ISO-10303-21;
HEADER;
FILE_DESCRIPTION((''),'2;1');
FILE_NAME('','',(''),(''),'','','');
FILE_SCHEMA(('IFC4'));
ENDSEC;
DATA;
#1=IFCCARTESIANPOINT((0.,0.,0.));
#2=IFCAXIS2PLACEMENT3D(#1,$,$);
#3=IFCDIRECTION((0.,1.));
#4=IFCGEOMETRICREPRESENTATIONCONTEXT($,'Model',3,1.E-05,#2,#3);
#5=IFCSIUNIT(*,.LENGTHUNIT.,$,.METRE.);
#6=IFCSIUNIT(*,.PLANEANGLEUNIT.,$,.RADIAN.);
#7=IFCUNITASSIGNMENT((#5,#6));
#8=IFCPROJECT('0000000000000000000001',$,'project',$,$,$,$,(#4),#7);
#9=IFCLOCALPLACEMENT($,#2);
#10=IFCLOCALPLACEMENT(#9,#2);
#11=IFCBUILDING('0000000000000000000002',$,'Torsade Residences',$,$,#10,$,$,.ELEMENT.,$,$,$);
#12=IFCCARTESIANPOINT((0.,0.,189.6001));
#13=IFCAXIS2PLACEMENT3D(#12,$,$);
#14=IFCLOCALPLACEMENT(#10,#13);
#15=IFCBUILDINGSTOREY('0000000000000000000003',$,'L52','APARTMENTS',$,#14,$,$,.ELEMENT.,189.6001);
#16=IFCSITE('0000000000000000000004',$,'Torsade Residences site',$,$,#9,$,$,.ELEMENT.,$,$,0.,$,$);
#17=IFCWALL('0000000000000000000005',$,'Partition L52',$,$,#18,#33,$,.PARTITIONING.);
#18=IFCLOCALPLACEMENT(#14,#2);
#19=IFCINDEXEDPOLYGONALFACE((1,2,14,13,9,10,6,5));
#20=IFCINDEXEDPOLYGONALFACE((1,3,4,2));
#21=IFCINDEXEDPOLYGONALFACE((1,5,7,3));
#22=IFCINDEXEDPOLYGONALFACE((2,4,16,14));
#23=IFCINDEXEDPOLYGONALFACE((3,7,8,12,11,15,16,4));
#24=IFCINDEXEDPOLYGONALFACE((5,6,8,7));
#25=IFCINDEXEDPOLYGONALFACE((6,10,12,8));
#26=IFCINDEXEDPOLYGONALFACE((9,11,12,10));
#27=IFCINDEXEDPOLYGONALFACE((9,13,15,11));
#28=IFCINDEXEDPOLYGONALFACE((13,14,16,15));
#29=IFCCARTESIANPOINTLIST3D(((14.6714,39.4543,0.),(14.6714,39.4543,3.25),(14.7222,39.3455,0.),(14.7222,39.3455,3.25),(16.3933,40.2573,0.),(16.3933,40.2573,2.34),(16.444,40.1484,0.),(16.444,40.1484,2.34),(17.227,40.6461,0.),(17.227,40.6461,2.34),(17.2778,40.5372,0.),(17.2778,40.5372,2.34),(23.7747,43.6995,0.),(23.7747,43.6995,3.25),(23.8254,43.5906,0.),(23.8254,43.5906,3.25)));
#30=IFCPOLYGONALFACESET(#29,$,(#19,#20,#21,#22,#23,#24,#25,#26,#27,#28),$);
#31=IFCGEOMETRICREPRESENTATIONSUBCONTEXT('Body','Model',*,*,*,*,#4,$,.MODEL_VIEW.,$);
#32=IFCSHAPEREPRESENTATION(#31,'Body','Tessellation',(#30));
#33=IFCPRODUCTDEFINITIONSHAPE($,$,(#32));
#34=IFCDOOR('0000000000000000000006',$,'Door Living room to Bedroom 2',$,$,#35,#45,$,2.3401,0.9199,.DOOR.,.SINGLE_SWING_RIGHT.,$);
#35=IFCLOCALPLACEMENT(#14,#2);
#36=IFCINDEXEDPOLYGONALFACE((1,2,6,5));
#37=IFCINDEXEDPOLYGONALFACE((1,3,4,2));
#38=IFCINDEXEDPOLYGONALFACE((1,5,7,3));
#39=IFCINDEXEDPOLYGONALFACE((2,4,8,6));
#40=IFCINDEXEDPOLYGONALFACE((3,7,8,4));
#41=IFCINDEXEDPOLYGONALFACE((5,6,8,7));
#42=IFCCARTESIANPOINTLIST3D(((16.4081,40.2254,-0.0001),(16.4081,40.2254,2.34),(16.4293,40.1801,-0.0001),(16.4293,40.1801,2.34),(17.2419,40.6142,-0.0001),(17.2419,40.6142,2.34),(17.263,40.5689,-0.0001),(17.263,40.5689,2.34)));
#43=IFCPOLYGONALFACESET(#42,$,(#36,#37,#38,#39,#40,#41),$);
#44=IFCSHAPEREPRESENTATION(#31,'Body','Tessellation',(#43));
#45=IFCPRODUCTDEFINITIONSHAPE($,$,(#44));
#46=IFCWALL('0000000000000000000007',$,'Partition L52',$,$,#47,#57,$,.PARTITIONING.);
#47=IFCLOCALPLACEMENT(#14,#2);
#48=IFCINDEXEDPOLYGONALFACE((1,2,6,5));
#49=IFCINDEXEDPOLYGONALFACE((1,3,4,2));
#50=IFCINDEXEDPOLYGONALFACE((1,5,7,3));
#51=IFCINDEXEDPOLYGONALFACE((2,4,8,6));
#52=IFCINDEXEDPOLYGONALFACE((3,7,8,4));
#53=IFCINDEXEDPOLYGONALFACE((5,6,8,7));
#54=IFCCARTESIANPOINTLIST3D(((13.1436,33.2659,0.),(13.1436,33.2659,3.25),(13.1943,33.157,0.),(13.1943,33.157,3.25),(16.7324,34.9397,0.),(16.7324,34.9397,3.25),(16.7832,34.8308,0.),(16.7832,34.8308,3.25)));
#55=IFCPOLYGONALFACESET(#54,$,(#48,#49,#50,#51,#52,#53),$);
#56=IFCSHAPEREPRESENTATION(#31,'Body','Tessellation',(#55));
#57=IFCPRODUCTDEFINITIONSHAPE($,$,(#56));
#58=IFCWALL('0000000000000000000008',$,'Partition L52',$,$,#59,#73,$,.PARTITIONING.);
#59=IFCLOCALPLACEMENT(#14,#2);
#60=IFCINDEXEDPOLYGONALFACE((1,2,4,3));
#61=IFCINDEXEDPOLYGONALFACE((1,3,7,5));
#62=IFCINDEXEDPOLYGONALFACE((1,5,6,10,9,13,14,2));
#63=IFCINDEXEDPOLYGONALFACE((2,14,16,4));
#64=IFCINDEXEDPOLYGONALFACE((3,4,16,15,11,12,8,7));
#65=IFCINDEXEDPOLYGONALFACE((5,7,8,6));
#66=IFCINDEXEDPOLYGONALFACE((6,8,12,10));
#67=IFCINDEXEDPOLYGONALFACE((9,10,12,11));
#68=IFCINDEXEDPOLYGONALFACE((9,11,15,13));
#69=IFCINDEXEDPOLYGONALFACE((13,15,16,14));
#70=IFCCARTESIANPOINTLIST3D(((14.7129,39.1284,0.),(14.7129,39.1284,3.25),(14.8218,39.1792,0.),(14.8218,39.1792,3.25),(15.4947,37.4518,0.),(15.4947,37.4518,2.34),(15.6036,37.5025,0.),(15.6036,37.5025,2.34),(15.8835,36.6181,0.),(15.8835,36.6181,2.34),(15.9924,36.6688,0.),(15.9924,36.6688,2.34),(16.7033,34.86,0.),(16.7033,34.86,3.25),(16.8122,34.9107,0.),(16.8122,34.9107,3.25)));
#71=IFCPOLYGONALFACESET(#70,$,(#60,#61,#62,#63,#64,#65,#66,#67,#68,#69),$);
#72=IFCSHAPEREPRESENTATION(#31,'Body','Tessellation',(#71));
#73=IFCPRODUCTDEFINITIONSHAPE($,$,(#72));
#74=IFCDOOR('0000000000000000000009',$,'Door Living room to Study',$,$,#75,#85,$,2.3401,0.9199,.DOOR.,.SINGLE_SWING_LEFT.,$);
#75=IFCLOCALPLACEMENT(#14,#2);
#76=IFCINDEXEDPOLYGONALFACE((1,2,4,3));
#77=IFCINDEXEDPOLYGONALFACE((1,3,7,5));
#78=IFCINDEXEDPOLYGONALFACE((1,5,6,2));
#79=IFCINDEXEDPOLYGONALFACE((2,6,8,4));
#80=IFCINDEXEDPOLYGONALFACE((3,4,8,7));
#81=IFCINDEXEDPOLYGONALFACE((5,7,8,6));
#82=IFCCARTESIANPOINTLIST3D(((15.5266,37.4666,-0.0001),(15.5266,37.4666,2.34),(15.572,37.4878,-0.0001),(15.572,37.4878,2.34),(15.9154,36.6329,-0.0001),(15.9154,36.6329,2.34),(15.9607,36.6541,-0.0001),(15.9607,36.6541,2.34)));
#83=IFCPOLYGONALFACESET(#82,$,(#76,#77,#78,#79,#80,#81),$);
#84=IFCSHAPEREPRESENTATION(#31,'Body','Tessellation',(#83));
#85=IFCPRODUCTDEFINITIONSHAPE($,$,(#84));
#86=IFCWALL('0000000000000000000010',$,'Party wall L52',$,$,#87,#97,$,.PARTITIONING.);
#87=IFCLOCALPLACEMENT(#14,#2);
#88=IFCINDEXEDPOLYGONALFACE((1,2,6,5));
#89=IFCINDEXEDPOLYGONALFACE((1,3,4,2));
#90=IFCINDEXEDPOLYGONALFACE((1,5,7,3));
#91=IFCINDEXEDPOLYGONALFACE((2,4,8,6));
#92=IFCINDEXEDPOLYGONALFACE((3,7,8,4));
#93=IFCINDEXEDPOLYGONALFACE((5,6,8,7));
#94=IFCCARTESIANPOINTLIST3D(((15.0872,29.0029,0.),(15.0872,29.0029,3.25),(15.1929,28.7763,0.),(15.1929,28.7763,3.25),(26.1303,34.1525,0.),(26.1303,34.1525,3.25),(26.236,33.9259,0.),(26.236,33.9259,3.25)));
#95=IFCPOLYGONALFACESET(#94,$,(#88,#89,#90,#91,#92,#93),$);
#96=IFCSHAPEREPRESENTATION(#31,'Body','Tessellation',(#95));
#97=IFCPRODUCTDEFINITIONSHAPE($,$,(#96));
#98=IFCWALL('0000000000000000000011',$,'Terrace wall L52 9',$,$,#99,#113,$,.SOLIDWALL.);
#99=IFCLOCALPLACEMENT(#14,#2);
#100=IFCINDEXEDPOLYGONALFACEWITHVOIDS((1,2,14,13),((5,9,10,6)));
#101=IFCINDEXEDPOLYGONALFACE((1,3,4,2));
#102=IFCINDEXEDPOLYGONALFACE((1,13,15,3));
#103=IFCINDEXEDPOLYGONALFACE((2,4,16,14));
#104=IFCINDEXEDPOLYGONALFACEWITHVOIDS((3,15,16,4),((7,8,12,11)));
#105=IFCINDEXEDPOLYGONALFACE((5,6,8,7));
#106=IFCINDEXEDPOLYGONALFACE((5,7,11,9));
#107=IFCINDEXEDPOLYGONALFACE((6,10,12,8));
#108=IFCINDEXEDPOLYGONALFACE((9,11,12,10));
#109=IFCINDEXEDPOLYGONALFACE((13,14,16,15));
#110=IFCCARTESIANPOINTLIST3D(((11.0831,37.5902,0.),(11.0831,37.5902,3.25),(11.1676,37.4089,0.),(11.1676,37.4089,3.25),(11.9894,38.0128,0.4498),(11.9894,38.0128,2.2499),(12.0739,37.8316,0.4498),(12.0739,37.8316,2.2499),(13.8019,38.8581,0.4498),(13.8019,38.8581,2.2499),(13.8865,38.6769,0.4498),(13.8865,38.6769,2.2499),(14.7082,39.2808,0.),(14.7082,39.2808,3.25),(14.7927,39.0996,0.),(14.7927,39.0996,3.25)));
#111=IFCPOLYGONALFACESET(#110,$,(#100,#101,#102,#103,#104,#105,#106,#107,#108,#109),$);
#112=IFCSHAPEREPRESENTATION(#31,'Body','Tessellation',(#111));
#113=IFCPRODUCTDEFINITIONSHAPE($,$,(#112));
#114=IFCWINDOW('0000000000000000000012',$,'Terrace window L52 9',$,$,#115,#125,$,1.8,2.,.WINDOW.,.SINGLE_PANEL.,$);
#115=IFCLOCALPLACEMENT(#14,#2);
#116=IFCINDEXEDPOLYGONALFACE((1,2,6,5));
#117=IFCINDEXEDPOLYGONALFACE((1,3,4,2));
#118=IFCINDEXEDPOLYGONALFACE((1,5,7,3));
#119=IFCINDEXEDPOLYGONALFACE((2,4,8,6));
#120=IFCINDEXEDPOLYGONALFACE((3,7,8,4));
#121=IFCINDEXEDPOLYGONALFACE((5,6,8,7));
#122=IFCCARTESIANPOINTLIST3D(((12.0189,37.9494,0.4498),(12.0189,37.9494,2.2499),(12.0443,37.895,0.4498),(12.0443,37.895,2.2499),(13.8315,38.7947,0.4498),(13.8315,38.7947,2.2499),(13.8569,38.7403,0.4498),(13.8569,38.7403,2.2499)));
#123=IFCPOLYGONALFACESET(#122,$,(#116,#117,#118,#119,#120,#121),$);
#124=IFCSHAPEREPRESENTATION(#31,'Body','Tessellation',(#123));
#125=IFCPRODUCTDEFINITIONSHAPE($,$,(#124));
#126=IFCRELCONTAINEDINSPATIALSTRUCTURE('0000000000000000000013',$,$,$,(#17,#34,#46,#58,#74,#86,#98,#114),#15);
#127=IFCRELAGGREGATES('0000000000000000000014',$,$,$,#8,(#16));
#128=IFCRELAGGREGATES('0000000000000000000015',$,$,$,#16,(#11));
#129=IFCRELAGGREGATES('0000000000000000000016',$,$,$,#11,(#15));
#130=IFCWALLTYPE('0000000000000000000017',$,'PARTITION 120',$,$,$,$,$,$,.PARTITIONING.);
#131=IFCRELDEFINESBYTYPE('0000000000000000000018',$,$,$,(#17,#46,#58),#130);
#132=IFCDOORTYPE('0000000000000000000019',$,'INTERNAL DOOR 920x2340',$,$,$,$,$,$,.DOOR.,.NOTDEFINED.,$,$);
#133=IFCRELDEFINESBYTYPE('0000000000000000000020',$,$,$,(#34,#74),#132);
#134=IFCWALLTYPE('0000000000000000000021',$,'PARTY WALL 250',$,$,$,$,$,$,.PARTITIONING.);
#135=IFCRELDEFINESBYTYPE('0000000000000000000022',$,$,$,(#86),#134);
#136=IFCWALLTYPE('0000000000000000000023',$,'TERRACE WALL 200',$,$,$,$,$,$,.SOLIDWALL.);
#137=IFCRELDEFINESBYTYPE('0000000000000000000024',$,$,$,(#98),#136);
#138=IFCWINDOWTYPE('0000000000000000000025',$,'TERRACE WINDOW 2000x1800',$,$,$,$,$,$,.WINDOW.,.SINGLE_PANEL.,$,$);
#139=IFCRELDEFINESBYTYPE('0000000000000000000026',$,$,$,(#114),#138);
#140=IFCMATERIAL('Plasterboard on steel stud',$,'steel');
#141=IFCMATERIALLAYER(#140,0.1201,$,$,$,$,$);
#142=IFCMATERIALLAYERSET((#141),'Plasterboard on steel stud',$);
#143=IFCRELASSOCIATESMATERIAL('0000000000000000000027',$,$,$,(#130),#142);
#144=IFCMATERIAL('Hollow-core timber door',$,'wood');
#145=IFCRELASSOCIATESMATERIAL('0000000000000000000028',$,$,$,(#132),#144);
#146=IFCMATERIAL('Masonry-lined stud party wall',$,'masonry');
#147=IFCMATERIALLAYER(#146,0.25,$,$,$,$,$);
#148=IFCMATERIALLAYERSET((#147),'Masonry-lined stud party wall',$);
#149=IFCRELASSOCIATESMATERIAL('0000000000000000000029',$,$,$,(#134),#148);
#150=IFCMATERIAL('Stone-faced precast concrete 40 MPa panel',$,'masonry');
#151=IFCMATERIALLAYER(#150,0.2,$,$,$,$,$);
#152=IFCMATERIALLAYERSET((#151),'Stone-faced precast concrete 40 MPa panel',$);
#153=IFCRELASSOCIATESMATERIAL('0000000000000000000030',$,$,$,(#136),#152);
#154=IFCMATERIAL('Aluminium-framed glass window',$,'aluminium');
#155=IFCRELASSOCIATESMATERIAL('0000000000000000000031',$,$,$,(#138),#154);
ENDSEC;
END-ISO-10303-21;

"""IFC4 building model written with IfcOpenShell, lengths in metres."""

from ifc_helpers import new_model, si_unit, direction, frame, frame_2d, origin, place, context, subcontext, project, spatial, rectangle, extrude, material, layer, layer_set, type_object, element, fill, save


model = new_model("IFC4")

# Units and contexts
model_context = context("Model", 3, precision=1e-05, world=origin(), true_north=direction((0.0, 1.0)))
body_context = subcontext(model_context, "Body", "Model", "MODEL_VIEW")
ifc_project = project(units=[si_unit("LENGTHUNIT", "METRE"), si_unit("PLANEANGLEUNIT", "RADIAN")], contexts=[model_context])

# Site, building, storey
site_placement = place(None, origin())
site = spatial("IfcSite", under=ifc_project, at=site_placement, Name="Torsade Residences site", CompositionType="ELEMENT", RefElevation=0.0)
building_placement = place(site_placement, origin())
building = spatial("IfcBuilding", under=site, at=building_placement, Name="Torsade Residences", CompositionType="ELEMENT")
storey_placement = place(building_placement, frame((0.0, 0.0, 189.6001)))
storey = spatial("IfcBuildingStorey", under=building, at=storey_placement, Name="L52", Description="APARTMENTS", CompositionType="ELEMENT", Elevation=189.6001)

# Wall, opening, door
ifc_material_1 = material(Name="Plasterboard on steel stud", Category="steel")
ifc_layer_1 = layer(ifc_material_1, 0.1201)
ifc_layer_set_1 = layer_set([ifc_layer_1], Name="Plasterboard on steel stud")
wall_type_1 = type_object("IfcWallType", Name="PARTITION 120", PredefinedType="PARTITIONING", material=ifc_layer_set_1)
wall_1_placement = place(storey_placement, frame((14.6968, 39.3999, 0.0), z_axis=(0.0, 0.0, 1.0), x_axis=(0.9063, 0.422634, 0.0)))
wall_1 = element("IfcWall", 1, at=wall_1_placement, inside=storey, type_object=wall_type_1, Name="Partition L52", PredefinedType="PARTITIONING", context=body_context, shape_type="SweptSolid", body=[
    extrude(rectangle(XDim=10.0444, YDim=0.1201, at=frame_2d((5.0222, 0.0))), origin(), (0.0, 0.0, 1.0), 3.25),
])
opening_1_placement = place(wall_1_placement, frame((1.8999, 0.0, 0.0)))
opening_1 = element("IfcOpeningElement", 2, at=opening_1_placement, cuts=wall_1, PredefinedType="OPENING", context=body_context, shape_type="SweptSolid", body=[
    extrude(rectangle(XDim=0.9199, YDim=2.3401, at=frame_2d((0.46, 1.1699))), frame((0.0, 0.0701, 0.0), z_axis=(0.0, -1.0, 0.0), x_axis=(1.0, 0.0, 0.0)), (0.0, 0.0, 1.0), 0.1401),
])
ifc_material_2 = material(Name="Hollow-core timber door", Category="wood")
door_type_1 = type_object("IfcDoorType", Name="INTERNAL DOOR 920x2340", OperationType="NOTDEFINED", PredefinedType="DOOR", material=ifc_material_2)
door_1_placement = place(opening_1_placement, origin())
door_1 = element("IfcDoor", 3, at=door_1_placement, inside=storey, type_object=door_type_1, Name="Door Living room to Bedroom 2", OperationType="SINGLE_SWING_RIGHT", OverallHeight=2.3401, OverallWidth=0.9199, PredefinedType="DOOR", context=body_context, shape_type="SweptSolid", body=[
    extrude(rectangle(XDim=0.9199, YDim=2.3401, at=frame_2d((0.46, 1.1699))), frame((0.0, 0.0249, 0.0), z_axis=(0.0, -1.0, 0.0), x_axis=(1.0, 0.0, 0.0)), (0.0, 0.0, 1.0), 0.05),
])
fill(opening_1, door_1)

# Wall
wall_2_placement = place(storey_placement, frame((13.1689, 33.2114, 0.0), z_axis=(0.0, 0.0, 1.0), x_axis=(0.906278, 0.422683, 0.0)))
element("IfcWall", 4, at=wall_2_placement, inside=storey, type_object=wall_type_1, Name="Partition L52", PredefinedType="PARTITIONING", context=body_context, shape_type="SweptSolid", body=[
    extrude(rectangle(XDim=3.96, YDim=0.1201, at=frame_2d((1.98, 0.0))), origin(), (0.0, 0.0, 1.0), 3.25),
])

# Wall, opening, door
wall_3_placement = place(storey_placement, frame((16.7578, 34.8853, 0.0), z_axis=(0.0, 0.0, 1.0), x_axis=(-0.422622, 0.906306, 0.0)))
wall_3 = element("IfcWall", 5, at=wall_3_placement, inside=storey, type_object=wall_type_1, Name="Partition L52", PredefinedType="PARTITIONING", context=body_context, shape_type="SweptSolid", body=[
    extrude(rectangle(XDim=4.7097, YDim=0.1201, at=frame_2d((2.355, 0.0))), origin(), (0.0, 0.0, 1.0), 3.25),
])
opening_2_placement = place(wall_3_placement, frame((1.9399, 0.0, 0.0)))
opening_2 = element("IfcOpeningElement", 6, at=opening_2_placement, cuts=wall_3, PredefinedType="OPENING", context=body_context, shape_type="SweptSolid", body=[
    extrude(rectangle(XDim=0.9199, YDim=2.3401, at=frame_2d((0.46, 1.1699))), frame((0.0, 0.0701, 0.0), z_axis=(0.0, -1.0, 0.0), x_axis=(1.0, 0.0, 0.0)), (0.0, 0.0, 1.0), 0.1401),
])
door_2_placement = place(opening_2_placement, origin())
door_2 = element("IfcDoor", 7, at=door_2_placement, inside=storey, type_object=door_type_1, Name="Door Living room to Study", OperationType="SINGLE_SWING_LEFT", OverallHeight=2.3401, OverallWidth=0.9199, PredefinedType="DOOR", context=body_context, shape_type="SweptSolid", body=[
    extrude(rectangle(XDim=0.9199, YDim=2.3401, at=frame_2d((0.46, 1.1699))), frame((0.0, 0.0249, 0.0), z_axis=(0.0, -1.0, 0.0), x_axis=(1.0, 0.0, 0.0)), (0.0, 0.0, 1.0), 0.05),
])
fill(opening_2, door_2)

# Wall
ifc_material_3 = material(Name="Masonry-lined stud party wall", Category="masonry")
ifc_layer_2 = layer(ifc_material_3, 0.25)
ifc_layer_set_2 = layer_set([ifc_layer_2], Name="Masonry-lined stud party wall")
wall_type_2 = type_object("IfcWallType", Name="PARTY WALL 250", PredefinedType="PARTITIONING", material=ifc_layer_set_2)
wall_4_placement = place(storey_placement, frame((15.1401, 28.8896, 0.0), z_axis=(0.0, 0.0, 1.0), x_axis=(0.906304, 0.422627, 0.0)))
element("IfcWall", 8, at=wall_4_placement, inside=storey, type_object=wall_type_2, Name="Party wall L52", PredefinedType="PARTITIONING", context=body_context, shape_type="SweptSolid", body=[
    extrude(rectangle(XDim=12.1848, YDim=0.25, at=frame_2d((6.0923, 0.0))), origin(), (0.0, 0.0, 1.0), 3.25),
])

# Wall, opening, window
ifc_material_4 = material(Name="Stone-faced precast concrete 40 MPa panel", Category="masonry")
ifc_layer_3 = layer(ifc_material_4, 0.2)
ifc_layer_set_3 = layer_set([ifc_layer_3], Name="Stone-faced precast concrete 40 MPa panel")
wall_type_3 = type_object("IfcWallType", Name="TERRACE WALL 200", PredefinedType="SOLIDWALL", material=ifc_layer_set_3)
wall_5_placement = place(storey_placement, frame((14.7505, 39.1902, 0.0), z_axis=(0.0, 0.0, 1.0), x_axis=(-0.906289, -0.422658, 0.0)))
wall_5 = element("IfcWall", 9, at=wall_5_placement, inside=storey, type_object=wall_type_3, Name="Terrace wall L52 9", PredefinedType="SOLIDWALL", context=body_context, shape_type="SweptSolid", body=[
    extrude(rectangle(XDim=4.0, YDim=0.2, at=frame_2d((2.0, 0.0))), origin(), (0.0, 0.0, 1.0), 3.25),
])
opening_3_placement = place(wall_5_placement, frame((1.0, 0.0, 0.45)))
opening_3 = element("IfcOpeningElement", 10, at=opening_3_placement, cuts=wall_5, PredefinedType="OPENING", context=body_context, shape_type="SweptSolid", body=[
    extrude(rectangle(XDim=2.0, YDim=1.8, at=frame_2d((1.0, 0.8999))), frame((0.0, 0.1099, 0.0), z_axis=(0.0, -1.0, 0.0), x_axis=(1.0, 0.0, 0.0)), (0.0, 0.0, 1.0), 0.22),
])
ifc_material_5 = material(Name="Aluminium-framed glass window", Category="aluminium")
window_type = type_object("IfcWindowType", Name="TERRACE WINDOW 2000x1800", PartitioningType="SINGLE_PANEL", PredefinedType="WINDOW", material=ifc_material_5)
window_placement = place(opening_3_placement, origin())
window = element("IfcWindow", 11, at=window_placement, inside=storey, type_object=window_type, Name="Terrace window L52 9", OverallHeight=1.8, OverallWidth=2.0, PartitioningType="SINGLE_PANEL", PredefinedType="WINDOW", context=body_context, shape_type="SweptSolid", body=[
    extrude(rectangle(XDim=2.0, YDim=1.8, at=frame_2d((1.0, 0.8999))), frame((0.0, 0.03, 0.0), z_axis=(0.0, -1.0, 0.0), x_axis=(1.0, 0.0, 0.0)), (0.0, 0.0, 1.0), 0.0601),
])
fill(opening_3, window)

save(model, "model.ifc")
